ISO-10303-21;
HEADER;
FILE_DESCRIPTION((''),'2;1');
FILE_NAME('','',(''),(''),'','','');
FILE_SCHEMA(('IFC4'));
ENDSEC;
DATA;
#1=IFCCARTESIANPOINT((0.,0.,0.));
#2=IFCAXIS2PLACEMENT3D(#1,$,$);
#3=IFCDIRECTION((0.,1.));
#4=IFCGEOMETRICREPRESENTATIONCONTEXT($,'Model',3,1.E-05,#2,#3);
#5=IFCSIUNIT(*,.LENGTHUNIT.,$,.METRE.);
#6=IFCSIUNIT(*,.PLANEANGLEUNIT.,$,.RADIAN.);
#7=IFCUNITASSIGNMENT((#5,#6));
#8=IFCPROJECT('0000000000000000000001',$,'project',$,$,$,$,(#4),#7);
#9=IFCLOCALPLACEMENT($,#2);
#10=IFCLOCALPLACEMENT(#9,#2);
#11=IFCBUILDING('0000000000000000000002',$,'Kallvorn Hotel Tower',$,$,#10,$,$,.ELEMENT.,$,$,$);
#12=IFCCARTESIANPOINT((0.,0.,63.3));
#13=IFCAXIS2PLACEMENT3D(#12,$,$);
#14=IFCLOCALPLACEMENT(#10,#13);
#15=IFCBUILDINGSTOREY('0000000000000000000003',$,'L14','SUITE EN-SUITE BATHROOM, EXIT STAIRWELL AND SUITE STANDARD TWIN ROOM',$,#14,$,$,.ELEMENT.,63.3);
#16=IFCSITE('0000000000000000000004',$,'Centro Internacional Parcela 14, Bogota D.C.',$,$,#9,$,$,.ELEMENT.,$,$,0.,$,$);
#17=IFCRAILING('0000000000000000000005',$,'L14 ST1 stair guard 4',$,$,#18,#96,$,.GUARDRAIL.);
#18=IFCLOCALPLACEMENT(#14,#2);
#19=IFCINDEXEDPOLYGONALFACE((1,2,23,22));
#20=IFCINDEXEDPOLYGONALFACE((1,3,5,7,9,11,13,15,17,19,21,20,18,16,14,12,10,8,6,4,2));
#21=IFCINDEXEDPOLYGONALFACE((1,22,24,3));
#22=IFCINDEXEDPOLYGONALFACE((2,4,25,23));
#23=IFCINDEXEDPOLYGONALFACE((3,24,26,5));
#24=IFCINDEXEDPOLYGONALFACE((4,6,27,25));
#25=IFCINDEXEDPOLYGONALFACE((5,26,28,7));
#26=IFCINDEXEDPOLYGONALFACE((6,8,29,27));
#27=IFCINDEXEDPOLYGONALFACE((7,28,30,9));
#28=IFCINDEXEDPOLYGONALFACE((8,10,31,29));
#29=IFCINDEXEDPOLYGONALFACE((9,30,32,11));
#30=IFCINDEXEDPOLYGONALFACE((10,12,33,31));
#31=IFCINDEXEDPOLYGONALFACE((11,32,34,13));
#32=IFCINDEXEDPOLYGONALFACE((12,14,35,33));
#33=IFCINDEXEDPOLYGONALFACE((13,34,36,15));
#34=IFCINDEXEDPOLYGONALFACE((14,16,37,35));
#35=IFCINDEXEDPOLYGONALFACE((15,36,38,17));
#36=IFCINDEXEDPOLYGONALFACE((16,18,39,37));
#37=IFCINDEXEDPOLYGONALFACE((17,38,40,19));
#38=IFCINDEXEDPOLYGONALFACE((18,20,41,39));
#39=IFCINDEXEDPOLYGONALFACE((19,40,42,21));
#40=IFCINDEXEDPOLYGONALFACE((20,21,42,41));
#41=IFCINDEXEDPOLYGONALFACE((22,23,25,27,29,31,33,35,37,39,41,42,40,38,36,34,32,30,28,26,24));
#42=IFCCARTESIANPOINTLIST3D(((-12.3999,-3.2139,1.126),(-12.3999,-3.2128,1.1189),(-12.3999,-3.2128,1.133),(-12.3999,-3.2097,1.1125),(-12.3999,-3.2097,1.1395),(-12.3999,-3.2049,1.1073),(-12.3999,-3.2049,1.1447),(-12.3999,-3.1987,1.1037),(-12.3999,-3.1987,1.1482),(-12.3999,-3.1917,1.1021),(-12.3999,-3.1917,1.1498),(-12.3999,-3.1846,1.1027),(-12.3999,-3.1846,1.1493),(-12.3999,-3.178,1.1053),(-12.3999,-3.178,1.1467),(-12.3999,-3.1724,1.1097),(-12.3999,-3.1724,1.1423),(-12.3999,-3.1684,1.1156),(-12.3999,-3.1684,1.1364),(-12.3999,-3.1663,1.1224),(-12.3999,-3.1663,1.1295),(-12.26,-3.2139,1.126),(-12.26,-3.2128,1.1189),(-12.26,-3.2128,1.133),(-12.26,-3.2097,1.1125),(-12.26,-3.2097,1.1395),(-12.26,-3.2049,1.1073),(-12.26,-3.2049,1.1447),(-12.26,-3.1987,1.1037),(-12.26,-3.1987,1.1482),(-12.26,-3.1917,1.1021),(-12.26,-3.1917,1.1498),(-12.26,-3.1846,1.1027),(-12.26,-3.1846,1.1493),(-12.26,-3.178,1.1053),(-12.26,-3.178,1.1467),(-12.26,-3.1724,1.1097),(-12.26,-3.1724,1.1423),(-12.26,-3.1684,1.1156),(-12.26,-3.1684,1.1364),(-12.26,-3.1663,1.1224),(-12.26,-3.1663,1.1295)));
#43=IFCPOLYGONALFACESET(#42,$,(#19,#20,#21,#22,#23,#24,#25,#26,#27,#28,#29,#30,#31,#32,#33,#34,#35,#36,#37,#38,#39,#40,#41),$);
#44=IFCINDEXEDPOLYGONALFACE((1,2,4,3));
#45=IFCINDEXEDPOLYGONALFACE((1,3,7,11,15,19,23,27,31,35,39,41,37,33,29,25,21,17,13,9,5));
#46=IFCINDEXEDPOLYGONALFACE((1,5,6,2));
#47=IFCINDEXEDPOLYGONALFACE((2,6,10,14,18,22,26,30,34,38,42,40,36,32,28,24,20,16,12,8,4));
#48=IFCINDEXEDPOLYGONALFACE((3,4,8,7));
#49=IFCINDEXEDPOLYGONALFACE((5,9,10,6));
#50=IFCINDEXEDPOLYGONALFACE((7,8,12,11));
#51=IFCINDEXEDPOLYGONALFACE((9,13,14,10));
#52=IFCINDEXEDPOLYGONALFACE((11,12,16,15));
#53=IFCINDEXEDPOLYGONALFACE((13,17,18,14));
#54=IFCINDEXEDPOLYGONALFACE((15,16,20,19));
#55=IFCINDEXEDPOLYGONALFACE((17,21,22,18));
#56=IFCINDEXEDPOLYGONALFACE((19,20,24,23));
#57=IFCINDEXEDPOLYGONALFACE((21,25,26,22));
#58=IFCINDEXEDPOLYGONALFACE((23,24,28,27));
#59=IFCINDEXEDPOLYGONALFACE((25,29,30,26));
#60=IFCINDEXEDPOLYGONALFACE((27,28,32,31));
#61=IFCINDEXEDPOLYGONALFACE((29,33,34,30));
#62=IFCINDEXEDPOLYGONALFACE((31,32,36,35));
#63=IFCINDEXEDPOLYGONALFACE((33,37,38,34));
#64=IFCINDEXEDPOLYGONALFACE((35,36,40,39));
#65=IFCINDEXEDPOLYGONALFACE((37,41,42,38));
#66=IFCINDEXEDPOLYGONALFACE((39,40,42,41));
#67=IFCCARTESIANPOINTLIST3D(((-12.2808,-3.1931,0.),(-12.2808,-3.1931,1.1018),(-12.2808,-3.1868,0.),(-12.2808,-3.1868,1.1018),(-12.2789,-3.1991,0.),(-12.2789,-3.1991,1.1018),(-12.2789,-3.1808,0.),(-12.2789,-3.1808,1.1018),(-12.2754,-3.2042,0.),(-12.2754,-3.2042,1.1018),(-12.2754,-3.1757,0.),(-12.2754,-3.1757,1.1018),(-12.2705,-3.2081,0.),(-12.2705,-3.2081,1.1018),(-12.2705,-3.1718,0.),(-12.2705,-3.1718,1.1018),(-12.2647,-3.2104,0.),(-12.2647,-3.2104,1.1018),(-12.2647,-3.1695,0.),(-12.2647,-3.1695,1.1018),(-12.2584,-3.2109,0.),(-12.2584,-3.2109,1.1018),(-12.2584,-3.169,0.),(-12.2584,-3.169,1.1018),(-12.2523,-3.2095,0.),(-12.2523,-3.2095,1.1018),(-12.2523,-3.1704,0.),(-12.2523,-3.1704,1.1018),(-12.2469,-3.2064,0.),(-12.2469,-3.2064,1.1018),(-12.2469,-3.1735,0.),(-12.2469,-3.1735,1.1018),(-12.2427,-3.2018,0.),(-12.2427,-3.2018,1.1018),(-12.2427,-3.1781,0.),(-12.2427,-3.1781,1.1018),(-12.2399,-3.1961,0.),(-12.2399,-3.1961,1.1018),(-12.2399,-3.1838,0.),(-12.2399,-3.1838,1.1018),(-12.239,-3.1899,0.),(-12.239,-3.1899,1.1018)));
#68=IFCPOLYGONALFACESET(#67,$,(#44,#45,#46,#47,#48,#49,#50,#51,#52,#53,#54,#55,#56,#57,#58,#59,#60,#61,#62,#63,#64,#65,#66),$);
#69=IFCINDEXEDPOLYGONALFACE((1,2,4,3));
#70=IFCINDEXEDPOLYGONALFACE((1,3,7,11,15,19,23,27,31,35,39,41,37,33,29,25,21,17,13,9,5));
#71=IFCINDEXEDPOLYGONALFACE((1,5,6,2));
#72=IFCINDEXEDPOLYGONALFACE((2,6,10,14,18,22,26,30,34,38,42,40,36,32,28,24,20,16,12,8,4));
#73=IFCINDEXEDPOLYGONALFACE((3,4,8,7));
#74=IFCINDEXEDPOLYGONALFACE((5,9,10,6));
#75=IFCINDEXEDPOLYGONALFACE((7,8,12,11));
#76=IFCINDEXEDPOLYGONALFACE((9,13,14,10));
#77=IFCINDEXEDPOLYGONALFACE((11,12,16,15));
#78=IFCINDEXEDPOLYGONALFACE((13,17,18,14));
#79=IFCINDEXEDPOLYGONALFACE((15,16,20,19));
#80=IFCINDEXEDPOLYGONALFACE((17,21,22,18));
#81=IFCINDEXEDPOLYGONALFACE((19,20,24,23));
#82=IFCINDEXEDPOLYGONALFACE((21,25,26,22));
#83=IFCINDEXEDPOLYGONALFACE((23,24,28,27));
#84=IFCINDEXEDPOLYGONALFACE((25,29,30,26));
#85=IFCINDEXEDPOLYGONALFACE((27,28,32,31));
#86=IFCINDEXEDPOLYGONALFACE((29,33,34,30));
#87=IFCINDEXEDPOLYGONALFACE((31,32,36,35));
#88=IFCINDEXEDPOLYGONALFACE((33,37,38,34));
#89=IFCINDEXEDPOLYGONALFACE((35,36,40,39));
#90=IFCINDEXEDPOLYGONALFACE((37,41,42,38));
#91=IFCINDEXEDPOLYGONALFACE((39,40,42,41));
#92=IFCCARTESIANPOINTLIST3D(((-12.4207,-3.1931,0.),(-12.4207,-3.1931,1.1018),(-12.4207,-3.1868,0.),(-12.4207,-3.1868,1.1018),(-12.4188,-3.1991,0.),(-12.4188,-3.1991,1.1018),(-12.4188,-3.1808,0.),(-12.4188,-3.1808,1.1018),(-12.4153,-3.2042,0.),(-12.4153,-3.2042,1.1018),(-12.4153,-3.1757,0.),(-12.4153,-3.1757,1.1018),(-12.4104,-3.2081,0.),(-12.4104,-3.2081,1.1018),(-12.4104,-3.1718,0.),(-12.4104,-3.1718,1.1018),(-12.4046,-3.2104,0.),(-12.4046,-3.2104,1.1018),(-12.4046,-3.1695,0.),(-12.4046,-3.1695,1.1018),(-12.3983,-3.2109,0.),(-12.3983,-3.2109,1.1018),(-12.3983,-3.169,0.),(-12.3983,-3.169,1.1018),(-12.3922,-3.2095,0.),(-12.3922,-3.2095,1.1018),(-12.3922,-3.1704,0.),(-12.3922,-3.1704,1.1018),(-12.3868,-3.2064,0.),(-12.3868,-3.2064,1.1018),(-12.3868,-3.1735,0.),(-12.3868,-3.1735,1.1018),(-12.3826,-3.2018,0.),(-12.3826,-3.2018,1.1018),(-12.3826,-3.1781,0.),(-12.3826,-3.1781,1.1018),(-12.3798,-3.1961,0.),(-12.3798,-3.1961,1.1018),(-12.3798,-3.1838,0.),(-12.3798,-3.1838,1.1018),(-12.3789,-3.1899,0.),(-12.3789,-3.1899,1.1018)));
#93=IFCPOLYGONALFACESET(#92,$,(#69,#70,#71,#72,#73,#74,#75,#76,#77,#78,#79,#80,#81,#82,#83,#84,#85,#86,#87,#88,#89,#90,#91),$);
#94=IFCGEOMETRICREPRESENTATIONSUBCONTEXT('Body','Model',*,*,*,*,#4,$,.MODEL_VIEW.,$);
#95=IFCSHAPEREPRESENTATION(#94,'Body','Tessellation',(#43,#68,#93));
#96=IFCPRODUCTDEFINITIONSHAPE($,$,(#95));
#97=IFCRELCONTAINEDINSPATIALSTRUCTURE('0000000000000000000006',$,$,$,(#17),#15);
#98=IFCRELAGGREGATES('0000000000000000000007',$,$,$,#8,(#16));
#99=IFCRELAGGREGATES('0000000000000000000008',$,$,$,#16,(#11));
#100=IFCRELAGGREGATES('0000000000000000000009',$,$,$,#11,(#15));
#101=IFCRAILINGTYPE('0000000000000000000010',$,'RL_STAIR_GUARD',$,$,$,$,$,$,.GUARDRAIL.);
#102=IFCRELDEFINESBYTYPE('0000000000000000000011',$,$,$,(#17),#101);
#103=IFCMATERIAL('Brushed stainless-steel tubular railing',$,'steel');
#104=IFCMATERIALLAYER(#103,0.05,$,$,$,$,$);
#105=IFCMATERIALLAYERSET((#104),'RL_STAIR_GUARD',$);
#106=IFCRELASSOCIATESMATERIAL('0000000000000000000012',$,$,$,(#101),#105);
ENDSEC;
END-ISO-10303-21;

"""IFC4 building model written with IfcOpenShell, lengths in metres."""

from ifc_helpers import new_model, si_unit, direction, frame, origin, origin_2d, place, context, subcontext, project, spatial, circle, extrude, material, layer, layer_set, type_object, element, save


model = new_model("IFC4")

# Units and contexts
model_context = context("Model", 3, precision=1e-05, world=origin(), true_north=direction((0.0, 1.0)))
body_context = subcontext(model_context, "Body", "Model", "MODEL_VIEW")
ifc_project = project(units=[si_unit("LENGTHUNIT", "METRE"), si_unit("PLANEANGLEUNIT", "RADIAN")], contexts=[model_context])

# Site, building, storey
site_placement = place(None, origin())
site = spatial("IfcSite", under=ifc_project, at=site_placement, Name="Centro Internacional Parcela 14, Bogota D.C.", CompositionType="ELEMENT", RefElevation=0.0)
building_placement = place(site_placement, origin())
building = spatial("IfcBuilding", under=site, at=building_placement, Name="Kallvorn Hotel Tower", CompositionType="ELEMENT")
storey_placement = place(building_placement, frame((0.0, 0.0, 63.3)))
storey = spatial("IfcBuildingStorey", under=building, at=storey_placement, Name="L14", Description="SUITE EN-SUITE BATHROOM, EXIT STAIRWELL AND SUITE STANDARD TWIN ROOM", CompositionType="ELEMENT", Elevation=63.3)

# Railing
ifc_material_1 = material(Name="Brushed stainless-steel tubular railing", Category="steel")
ifc_layer_1 = layer(ifc_material_1, 0.05)
ifc_layer_set_1 = layer_set([ifc_layer_1], Name="RL_STAIR_GUARD")
railing_type_1 = type_object("IfcRailingType", Name="RL_STAIR_GUARD", PredefinedType="GUARDRAIL", material=ifc_layer_set_1)
railing_1_placement = place(storey_placement, frame((-12.26, -3.1899, 0.0)))
element("IfcRailing", 1, at=railing_1_placement, inside=storey, type_object=railing_type_1, Name="L14 ST1 stair guard 4", PredefinedType="GUARDRAIL", context=body_context, shape_type="SweptSolid", body=[
    extrude(circle(Radius=0.0239, at=origin_2d()), frame((0.0, 0.0, 1.126), z_axis=(-1.0, 0.0, 0.0), x_axis=(0.0, -1.0, 0.0)), (0.0, 0.0, 1.0), 0.1399),
    extrude(circle(Radius=0.021, at=origin_2d()), origin(), (0.0, 0.0, 1.0), 1.1018),
    extrude(circle(Radius=0.021, at=origin_2d()), frame((-0.1399, 0.0, 0.0)), (0.0, 0.0, 1.0), 1.1018),
])

save(model, "model.ifc")
